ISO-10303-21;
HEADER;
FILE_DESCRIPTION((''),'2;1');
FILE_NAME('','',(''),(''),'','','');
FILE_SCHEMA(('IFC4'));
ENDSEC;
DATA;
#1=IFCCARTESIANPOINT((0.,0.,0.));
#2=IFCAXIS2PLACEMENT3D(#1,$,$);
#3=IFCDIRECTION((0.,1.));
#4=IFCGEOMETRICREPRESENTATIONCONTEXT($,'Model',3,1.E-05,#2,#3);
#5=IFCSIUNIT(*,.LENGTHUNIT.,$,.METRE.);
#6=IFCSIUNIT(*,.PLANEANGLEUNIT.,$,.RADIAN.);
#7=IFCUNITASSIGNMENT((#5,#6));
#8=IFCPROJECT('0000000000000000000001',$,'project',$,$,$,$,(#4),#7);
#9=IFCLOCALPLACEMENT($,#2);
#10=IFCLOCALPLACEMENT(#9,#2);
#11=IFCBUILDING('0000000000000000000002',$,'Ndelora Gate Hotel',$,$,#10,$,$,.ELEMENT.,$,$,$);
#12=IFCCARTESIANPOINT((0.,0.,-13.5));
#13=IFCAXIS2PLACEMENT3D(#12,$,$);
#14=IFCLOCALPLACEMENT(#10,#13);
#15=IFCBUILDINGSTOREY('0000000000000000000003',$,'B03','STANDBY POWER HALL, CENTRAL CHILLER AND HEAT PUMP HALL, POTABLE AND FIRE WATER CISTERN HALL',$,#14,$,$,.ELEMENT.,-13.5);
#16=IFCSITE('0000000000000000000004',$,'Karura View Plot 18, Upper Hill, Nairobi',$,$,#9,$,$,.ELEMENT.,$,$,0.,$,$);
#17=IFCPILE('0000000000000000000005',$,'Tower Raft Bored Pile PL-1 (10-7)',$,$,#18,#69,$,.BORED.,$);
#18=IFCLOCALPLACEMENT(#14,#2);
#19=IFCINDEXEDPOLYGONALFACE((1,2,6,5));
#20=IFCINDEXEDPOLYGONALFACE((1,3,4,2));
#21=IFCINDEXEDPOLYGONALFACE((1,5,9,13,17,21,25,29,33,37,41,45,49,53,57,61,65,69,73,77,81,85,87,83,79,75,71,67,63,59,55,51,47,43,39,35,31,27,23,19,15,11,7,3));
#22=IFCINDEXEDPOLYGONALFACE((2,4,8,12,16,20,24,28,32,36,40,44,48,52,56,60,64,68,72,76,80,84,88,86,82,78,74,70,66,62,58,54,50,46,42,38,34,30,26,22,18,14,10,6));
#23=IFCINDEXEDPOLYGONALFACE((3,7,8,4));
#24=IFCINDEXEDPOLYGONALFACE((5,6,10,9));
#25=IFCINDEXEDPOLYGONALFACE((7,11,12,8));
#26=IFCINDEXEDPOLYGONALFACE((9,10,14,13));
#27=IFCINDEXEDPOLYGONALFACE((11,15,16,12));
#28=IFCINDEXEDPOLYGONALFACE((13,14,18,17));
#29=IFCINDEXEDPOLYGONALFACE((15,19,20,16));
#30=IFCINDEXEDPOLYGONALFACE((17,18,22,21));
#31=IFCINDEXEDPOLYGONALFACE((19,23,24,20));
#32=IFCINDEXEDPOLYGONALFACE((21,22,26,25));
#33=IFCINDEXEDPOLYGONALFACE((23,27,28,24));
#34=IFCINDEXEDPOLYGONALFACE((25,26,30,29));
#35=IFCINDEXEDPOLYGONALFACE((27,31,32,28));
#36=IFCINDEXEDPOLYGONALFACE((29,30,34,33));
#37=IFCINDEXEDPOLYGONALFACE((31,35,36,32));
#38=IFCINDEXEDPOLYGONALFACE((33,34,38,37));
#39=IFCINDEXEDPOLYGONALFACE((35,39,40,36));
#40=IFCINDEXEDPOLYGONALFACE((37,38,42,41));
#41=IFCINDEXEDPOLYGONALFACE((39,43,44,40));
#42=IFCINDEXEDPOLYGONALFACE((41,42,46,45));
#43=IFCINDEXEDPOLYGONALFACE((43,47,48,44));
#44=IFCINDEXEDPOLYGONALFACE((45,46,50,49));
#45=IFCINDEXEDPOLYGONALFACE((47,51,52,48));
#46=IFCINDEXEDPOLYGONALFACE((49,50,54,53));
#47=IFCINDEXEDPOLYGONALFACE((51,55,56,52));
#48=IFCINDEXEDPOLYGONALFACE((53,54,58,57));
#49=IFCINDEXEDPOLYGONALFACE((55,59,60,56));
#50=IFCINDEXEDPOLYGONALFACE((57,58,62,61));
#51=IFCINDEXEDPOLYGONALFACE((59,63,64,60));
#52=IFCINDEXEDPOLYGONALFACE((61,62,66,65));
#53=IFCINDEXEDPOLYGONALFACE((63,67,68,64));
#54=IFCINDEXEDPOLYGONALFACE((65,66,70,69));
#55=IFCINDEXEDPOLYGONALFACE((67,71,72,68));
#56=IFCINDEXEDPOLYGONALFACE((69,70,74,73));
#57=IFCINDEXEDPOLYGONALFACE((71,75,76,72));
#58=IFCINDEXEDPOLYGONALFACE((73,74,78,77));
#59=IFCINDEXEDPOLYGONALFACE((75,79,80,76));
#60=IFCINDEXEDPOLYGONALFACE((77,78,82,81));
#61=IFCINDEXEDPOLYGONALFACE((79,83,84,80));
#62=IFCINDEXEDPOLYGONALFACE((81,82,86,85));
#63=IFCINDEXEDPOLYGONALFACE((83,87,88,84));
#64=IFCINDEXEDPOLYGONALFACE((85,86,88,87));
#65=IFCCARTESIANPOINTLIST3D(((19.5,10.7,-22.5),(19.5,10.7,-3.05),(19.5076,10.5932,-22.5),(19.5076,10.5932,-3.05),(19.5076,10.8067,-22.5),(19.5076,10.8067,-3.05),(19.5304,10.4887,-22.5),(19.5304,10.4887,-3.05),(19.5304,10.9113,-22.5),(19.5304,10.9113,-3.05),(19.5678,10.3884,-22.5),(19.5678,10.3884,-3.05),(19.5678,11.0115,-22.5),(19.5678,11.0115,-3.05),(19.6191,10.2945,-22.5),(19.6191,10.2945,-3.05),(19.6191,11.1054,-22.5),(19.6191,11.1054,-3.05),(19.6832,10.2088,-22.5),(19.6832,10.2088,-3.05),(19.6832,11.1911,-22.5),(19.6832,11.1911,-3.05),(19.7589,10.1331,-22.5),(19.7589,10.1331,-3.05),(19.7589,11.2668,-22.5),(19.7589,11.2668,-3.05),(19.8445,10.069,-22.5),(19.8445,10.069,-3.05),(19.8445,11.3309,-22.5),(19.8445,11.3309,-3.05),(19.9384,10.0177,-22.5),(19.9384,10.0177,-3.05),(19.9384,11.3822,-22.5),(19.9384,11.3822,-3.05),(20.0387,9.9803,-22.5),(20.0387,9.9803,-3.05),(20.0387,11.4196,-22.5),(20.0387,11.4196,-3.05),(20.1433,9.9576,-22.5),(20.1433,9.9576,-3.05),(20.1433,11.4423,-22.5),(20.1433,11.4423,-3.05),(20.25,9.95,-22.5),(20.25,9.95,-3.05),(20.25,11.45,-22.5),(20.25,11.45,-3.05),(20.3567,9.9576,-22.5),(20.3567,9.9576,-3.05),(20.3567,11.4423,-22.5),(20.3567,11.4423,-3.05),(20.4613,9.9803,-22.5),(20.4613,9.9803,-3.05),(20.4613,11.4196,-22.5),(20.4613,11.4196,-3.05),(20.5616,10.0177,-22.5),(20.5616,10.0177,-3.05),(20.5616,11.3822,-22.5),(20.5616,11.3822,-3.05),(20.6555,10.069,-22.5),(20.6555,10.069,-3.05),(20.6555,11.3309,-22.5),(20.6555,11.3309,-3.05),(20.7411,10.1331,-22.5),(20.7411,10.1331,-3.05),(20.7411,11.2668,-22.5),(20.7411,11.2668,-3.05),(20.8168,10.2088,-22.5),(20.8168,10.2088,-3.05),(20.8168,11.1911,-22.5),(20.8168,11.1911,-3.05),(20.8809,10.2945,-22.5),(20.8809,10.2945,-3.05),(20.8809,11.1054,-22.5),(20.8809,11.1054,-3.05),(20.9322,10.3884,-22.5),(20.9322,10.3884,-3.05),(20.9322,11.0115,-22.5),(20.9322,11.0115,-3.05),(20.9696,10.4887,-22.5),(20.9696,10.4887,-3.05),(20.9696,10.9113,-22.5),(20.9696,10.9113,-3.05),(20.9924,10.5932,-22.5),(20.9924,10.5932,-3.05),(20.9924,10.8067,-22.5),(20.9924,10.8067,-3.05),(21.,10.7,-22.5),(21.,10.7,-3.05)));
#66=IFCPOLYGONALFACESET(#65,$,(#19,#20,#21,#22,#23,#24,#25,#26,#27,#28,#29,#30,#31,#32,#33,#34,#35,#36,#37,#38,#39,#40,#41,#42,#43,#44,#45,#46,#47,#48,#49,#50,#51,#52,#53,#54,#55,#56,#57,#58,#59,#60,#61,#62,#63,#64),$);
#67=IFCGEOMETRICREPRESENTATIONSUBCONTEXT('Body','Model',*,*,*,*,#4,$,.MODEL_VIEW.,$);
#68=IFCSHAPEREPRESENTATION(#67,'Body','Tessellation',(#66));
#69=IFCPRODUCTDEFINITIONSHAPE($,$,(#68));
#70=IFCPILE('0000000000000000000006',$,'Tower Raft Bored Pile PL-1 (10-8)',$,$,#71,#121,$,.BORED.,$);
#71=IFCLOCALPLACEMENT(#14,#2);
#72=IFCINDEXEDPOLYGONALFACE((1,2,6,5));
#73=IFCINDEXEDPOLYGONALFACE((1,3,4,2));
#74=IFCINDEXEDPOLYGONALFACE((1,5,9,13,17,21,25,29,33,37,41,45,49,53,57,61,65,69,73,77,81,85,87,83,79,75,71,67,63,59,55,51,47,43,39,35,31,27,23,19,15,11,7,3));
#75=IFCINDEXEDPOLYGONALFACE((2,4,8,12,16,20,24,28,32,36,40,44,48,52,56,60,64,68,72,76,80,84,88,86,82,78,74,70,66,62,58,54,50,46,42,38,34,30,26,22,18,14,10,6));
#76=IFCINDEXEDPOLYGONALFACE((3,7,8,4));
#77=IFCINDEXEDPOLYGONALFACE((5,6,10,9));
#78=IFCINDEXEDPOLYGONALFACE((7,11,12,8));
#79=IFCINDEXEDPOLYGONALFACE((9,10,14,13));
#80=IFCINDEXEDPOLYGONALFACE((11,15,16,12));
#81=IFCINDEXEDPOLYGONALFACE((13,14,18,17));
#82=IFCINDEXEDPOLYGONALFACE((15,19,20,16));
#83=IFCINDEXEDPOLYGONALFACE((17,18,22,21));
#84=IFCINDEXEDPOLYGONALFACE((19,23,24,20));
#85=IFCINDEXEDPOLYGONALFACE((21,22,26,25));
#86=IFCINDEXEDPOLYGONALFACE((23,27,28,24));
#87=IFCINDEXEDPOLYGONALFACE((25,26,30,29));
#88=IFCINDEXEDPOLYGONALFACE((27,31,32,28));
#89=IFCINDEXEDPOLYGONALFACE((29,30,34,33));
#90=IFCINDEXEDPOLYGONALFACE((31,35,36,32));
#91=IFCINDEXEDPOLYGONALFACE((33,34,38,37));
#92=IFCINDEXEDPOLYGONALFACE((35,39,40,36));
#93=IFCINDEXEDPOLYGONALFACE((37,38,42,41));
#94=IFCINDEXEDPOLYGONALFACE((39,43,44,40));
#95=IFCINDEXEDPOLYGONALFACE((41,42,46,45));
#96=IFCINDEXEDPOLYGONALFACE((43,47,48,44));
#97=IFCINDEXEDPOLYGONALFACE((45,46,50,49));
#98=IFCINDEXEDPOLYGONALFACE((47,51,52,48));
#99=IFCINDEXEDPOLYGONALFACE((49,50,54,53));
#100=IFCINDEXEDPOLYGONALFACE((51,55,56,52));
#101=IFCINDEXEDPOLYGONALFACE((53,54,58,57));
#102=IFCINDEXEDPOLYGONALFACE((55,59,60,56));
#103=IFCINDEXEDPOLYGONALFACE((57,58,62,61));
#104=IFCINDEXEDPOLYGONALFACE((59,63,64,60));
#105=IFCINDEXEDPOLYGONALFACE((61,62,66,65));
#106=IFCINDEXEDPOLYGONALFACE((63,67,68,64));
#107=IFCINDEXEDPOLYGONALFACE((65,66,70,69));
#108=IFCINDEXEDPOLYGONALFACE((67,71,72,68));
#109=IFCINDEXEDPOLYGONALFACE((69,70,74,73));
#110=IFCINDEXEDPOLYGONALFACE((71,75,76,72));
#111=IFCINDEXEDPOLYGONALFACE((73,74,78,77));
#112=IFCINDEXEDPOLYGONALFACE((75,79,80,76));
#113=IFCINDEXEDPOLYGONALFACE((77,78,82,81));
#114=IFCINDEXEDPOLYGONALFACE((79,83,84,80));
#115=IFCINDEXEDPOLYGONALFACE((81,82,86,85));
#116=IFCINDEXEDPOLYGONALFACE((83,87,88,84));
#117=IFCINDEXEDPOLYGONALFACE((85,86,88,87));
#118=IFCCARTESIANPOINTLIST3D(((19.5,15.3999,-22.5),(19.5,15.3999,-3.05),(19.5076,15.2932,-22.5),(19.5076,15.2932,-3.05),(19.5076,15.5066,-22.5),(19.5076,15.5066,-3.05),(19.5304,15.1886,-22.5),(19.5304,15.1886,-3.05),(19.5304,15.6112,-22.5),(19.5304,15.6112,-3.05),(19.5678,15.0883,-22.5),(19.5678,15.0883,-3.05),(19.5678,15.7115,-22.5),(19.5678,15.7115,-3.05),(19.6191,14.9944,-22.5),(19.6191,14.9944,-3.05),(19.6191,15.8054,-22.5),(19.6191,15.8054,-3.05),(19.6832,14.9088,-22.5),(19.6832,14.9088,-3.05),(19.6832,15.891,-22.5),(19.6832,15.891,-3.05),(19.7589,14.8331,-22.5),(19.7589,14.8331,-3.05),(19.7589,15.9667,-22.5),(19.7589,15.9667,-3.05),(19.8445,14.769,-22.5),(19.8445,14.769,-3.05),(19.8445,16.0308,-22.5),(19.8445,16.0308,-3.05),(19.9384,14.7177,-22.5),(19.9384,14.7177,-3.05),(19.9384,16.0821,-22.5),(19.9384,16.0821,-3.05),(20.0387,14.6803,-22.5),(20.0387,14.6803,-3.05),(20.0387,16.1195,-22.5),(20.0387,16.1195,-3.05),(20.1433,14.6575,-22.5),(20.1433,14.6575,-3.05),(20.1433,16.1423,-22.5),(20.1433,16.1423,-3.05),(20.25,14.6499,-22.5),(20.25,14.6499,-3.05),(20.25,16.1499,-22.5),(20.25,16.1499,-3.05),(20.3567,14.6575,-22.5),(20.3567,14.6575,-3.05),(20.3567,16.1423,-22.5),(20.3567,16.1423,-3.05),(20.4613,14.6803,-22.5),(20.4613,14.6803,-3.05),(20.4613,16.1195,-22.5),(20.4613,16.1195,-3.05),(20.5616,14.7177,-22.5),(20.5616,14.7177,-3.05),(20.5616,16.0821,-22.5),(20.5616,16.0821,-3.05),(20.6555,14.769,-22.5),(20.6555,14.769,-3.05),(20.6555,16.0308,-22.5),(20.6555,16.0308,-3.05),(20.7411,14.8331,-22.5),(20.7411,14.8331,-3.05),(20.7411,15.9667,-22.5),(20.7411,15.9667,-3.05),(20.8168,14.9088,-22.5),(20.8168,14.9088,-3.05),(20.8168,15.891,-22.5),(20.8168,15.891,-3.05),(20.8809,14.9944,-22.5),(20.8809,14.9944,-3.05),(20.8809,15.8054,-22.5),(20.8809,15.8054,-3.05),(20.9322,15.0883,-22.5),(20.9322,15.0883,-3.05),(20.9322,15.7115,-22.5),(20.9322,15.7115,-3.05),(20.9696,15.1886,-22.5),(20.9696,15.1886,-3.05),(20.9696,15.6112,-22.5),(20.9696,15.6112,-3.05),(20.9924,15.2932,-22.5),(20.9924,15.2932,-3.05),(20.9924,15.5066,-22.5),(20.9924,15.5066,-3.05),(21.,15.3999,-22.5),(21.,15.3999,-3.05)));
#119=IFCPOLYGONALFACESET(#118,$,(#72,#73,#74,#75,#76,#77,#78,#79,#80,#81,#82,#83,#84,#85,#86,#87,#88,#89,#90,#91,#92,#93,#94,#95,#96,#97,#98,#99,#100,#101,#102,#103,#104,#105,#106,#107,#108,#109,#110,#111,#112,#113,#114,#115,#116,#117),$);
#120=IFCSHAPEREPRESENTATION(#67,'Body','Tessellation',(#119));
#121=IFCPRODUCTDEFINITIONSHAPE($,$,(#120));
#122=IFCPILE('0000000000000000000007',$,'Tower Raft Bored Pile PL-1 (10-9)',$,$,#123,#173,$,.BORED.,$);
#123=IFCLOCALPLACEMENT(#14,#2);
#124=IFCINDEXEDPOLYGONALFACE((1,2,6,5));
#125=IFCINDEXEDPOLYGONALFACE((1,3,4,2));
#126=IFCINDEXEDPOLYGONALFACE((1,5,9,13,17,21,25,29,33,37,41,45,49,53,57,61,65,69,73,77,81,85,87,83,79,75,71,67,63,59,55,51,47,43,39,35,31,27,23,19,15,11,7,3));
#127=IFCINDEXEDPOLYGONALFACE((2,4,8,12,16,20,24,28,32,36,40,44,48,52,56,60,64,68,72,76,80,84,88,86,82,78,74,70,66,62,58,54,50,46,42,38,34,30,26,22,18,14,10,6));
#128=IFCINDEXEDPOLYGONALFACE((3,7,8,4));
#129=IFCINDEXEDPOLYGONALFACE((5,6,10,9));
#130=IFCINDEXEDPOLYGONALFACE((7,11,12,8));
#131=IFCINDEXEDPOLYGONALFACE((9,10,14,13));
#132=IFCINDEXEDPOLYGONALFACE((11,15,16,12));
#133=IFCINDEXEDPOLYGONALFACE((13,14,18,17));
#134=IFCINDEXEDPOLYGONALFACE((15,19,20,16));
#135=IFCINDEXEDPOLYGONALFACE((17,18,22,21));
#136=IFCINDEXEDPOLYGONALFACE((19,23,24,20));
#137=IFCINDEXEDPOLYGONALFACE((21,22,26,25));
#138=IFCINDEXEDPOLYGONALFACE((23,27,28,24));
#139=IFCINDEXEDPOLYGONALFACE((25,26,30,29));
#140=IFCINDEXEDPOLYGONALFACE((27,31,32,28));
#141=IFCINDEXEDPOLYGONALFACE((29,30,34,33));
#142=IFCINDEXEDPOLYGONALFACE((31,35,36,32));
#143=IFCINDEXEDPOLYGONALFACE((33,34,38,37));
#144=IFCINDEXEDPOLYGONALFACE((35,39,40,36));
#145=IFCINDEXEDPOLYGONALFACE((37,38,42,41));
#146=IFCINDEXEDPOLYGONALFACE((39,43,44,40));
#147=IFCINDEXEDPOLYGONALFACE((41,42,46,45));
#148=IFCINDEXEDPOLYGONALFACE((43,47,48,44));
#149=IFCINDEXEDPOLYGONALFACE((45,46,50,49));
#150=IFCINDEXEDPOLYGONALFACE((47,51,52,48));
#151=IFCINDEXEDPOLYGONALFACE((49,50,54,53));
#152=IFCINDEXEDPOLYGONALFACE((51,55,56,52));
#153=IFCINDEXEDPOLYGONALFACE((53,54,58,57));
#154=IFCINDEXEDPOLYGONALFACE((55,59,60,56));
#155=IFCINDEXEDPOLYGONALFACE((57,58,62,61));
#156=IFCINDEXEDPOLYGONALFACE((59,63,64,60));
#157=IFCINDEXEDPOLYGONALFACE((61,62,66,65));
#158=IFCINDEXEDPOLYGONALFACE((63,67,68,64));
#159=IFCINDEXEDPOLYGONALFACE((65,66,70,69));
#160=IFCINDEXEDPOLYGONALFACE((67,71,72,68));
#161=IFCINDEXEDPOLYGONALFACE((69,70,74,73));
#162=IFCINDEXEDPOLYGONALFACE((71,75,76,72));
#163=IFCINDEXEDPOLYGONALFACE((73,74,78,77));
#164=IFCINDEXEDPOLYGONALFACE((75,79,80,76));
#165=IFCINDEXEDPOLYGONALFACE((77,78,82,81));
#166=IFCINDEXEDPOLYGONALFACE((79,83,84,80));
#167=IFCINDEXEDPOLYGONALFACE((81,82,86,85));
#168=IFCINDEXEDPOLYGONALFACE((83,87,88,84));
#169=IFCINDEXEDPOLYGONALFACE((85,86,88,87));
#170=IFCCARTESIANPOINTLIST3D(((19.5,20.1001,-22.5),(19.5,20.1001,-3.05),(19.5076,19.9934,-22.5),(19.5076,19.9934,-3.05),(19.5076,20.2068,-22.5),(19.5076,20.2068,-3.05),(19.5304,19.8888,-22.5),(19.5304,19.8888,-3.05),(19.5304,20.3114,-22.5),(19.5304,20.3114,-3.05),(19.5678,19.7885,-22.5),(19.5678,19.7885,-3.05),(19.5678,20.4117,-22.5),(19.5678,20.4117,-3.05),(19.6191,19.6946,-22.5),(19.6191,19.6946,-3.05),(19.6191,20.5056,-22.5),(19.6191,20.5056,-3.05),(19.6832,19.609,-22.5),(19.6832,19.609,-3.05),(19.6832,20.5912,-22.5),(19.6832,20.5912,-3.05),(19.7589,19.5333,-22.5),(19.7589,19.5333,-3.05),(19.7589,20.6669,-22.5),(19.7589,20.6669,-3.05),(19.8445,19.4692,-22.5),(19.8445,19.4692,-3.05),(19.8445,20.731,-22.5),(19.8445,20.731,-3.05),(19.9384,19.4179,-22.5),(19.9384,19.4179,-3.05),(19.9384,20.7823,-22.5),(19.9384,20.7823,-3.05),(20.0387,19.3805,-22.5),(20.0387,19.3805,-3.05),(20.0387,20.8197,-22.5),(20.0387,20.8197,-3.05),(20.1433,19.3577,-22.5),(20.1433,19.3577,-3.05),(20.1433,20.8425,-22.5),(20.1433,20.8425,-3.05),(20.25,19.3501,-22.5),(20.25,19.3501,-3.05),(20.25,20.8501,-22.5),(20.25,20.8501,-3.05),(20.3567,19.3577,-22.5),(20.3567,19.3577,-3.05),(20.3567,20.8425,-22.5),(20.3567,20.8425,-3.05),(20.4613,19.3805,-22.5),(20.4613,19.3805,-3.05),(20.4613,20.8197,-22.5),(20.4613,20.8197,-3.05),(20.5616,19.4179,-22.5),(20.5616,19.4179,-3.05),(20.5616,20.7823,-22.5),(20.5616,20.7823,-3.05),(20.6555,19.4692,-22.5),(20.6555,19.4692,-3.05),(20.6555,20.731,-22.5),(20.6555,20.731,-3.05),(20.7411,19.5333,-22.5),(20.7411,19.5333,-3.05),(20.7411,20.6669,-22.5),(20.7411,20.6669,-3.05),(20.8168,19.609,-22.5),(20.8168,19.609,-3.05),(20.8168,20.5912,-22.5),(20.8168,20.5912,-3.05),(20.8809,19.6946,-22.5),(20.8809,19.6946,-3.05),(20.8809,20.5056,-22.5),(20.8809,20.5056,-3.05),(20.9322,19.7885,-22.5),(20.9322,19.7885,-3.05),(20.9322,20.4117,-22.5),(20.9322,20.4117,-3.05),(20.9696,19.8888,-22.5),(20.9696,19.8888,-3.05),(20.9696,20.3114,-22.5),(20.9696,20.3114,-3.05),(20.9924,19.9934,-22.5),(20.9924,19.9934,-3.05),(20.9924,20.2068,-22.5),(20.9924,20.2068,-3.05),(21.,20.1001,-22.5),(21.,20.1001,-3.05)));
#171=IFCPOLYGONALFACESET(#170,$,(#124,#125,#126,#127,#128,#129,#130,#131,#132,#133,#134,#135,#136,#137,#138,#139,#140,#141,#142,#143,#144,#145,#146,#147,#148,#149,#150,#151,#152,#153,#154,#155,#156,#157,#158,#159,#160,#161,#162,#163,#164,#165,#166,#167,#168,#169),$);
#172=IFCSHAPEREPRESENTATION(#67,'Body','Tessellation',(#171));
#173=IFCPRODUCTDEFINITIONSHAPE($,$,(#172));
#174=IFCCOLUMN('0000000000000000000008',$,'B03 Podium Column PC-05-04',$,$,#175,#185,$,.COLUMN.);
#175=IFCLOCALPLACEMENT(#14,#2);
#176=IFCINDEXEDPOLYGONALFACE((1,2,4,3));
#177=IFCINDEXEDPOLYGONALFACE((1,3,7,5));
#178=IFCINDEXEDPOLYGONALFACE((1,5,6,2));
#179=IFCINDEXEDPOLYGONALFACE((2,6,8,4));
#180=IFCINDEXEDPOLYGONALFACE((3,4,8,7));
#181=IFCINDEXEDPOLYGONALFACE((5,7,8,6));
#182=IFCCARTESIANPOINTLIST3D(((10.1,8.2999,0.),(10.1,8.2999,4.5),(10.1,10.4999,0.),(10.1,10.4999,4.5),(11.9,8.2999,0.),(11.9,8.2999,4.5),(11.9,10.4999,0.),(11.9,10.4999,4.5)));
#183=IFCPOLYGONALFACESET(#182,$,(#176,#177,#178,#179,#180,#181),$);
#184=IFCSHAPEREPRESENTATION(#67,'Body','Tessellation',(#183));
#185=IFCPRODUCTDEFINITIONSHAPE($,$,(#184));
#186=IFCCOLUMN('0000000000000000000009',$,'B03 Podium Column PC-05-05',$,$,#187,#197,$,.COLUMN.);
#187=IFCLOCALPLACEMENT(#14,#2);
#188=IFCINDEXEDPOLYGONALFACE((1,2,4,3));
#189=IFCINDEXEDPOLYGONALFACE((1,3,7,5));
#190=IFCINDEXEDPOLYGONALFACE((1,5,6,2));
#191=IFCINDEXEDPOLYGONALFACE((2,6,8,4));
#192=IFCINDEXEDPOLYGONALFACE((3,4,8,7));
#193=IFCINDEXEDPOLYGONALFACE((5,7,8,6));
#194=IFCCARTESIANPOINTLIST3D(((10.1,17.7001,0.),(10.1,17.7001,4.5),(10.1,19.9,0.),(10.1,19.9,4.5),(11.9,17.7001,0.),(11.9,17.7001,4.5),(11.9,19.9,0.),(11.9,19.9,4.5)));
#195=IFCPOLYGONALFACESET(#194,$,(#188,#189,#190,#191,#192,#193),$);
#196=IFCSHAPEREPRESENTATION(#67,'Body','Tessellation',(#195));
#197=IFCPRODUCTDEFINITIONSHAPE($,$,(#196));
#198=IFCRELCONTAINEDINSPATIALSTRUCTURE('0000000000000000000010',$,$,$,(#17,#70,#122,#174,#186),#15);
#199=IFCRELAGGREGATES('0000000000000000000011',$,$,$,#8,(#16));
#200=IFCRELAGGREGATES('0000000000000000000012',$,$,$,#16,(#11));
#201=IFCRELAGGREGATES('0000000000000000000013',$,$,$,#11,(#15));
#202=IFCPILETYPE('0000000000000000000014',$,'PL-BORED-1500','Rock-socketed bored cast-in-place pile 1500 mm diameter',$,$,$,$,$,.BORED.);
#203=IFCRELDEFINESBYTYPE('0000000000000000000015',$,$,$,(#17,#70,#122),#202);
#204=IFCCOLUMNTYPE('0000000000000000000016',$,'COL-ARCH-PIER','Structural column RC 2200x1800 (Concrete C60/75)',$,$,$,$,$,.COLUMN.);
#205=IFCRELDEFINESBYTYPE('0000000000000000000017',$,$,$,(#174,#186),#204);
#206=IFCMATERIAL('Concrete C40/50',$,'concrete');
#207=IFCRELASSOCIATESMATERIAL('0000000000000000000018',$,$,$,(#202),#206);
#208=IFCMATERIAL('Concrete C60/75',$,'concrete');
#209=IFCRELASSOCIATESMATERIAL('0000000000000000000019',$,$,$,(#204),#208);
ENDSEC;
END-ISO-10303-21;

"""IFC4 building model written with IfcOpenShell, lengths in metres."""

from ifc_helpers import new_model, si_unit, direction, frame, origin, origin_2d, place, context, subcontext, project, spatial, rectangle, circle, extrude, material, material_profile, profile_set, type_object, element, save


model = new_model("IFC4")

# Units and contexts
model_context = context("Model", 3, precision=1e-05, world=origin(), true_north=direction((0.0, 1.0)))
body_context = subcontext(model_context, "Body", "Model", "MODEL_VIEW")
ifc_project = project(units=[si_unit("LENGTHUNIT", "METRE"), si_unit("PLANEANGLEUNIT", "RADIAN")], contexts=[model_context])

# Site, building, storey
site_placement = place(None, origin())
site = spatial("IfcSite", under=ifc_project, at=site_placement, Name="Karura View Plot 18, Upper Hill, Nairobi", CompositionType="ELEMENT", RefElevation=0.0)
building_placement = place(site_placement, origin())
building = spatial("IfcBuilding", under=site, at=building_placement, Name="Ndelora Gate Hotel", CompositionType="ELEMENT")
storey_placement = place(building_placement, frame((0.0, 0.0, -13.5)))
storey = spatial("IfcBuildingStorey", under=building, at=storey_placement, Name="B03", Description="STANDBY POWER HALL, CENTRAL CHILLER AND HEAT PUMP HALL, POTABLE AND FIRE WATER CISTERN HALL", CompositionType="ELEMENT", Elevation=-13.5)

# Piles
ifc_material_1 = material(Name="Concrete C40/50", Category="concrete")
ifc_material_profile_1 = material_profile(ifc_material_1, circle(Radius=0.75, at=origin_2d()), Name="PILE D1500")
ifc_profile_set_1 = profile_set([ifc_material_profile_1], Name="Concrete C40/50")
pile_type = type_object("IfcPileType", Name="PL-BORED-1500", Description="Rock-socketed bored cast-in-place pile 1500 mm diameter", PredefinedType="BORED", material=ifc_profile_set_1)
for number, where, z_axis, x_axis, name in (
    (1, (20.25, 10.7, -3.05), (0.0, 0.0, -1.0), (1.0, 0.0, 0.0), "Tower Raft Bored Pile PL-1 (10-7)"),
    (2, (20.25, 15.3999, -3.05), (0.0, 0.0, -1.0), (1.0, 0.0, 0.0), "Tower Raft Bored Pile PL-1 (10-8)"),
    (3, (20.25, 20.1001, -3.05), (0.0, 0.0, -1.0), (1.0, 0.0, 0.0), "Tower Raft Bored Pile PL-1 (10-9)"),
):
    element("IfcPile", number, at=place(storey_placement, frame(where, z_axis=z_axis, x_axis=x_axis)), inside=storey, type_object=pile_type, Name=name, PredefinedType="BORED", context=body_context, shape_type="SweptSolid", body=[
        extrude(circle(Radius=0.75, at=origin_2d()), origin(), (0.0, 0.0, 1.0), 19.45),
    ])

# Columns
ifc_material_2 = material(Name="Concrete C60/75", Category="concrete")
ifc_material_profile_2 = material_profile(ifc_material_2, rectangle(XDim=1.8, YDim=2.2, at=origin_2d()), Name="RC 2200x1800")
ifc_profile_set_2 = profile_set([ifc_material_profile_2], Name="Concrete C60/75")
column_type_1 = type_object("IfcColumnType", Name="COL-ARCH-PIER", Description="Structural column RC 2200x1800 (Concrete C60/75)", PredefinedType="COLUMN", material=ifc_profile_set_2)
for number, where, z_axis, x_axis, name in (
    (4, (11.0, 9.3999, 0.0), (0.0, 0.0, 1.0), (1.0, 0.0, 0.0), "B03 Podium Column PC-05-04"),
    (5, (11.0, 18.8, 0.0), (0.0, 0.0, 1.0), (1.0, 0.0, 0.0), "B03 Podium Column PC-05-05"),
):
    element("IfcColumn", number, at=place(storey_placement, frame(where, z_axis=z_axis, x_axis=x_axis)), inside=storey, type_object=column_type_1, Name=name, PredefinedType="COLUMN", context=body_context, shape_type="SweptSolid", body=[
        extrude(rectangle(XDim=1.8, YDim=2.2, at=origin_2d()), origin(), (0.0, 0.0, 1.0), 4.5),
    ])

save(model, "model.ifc")
